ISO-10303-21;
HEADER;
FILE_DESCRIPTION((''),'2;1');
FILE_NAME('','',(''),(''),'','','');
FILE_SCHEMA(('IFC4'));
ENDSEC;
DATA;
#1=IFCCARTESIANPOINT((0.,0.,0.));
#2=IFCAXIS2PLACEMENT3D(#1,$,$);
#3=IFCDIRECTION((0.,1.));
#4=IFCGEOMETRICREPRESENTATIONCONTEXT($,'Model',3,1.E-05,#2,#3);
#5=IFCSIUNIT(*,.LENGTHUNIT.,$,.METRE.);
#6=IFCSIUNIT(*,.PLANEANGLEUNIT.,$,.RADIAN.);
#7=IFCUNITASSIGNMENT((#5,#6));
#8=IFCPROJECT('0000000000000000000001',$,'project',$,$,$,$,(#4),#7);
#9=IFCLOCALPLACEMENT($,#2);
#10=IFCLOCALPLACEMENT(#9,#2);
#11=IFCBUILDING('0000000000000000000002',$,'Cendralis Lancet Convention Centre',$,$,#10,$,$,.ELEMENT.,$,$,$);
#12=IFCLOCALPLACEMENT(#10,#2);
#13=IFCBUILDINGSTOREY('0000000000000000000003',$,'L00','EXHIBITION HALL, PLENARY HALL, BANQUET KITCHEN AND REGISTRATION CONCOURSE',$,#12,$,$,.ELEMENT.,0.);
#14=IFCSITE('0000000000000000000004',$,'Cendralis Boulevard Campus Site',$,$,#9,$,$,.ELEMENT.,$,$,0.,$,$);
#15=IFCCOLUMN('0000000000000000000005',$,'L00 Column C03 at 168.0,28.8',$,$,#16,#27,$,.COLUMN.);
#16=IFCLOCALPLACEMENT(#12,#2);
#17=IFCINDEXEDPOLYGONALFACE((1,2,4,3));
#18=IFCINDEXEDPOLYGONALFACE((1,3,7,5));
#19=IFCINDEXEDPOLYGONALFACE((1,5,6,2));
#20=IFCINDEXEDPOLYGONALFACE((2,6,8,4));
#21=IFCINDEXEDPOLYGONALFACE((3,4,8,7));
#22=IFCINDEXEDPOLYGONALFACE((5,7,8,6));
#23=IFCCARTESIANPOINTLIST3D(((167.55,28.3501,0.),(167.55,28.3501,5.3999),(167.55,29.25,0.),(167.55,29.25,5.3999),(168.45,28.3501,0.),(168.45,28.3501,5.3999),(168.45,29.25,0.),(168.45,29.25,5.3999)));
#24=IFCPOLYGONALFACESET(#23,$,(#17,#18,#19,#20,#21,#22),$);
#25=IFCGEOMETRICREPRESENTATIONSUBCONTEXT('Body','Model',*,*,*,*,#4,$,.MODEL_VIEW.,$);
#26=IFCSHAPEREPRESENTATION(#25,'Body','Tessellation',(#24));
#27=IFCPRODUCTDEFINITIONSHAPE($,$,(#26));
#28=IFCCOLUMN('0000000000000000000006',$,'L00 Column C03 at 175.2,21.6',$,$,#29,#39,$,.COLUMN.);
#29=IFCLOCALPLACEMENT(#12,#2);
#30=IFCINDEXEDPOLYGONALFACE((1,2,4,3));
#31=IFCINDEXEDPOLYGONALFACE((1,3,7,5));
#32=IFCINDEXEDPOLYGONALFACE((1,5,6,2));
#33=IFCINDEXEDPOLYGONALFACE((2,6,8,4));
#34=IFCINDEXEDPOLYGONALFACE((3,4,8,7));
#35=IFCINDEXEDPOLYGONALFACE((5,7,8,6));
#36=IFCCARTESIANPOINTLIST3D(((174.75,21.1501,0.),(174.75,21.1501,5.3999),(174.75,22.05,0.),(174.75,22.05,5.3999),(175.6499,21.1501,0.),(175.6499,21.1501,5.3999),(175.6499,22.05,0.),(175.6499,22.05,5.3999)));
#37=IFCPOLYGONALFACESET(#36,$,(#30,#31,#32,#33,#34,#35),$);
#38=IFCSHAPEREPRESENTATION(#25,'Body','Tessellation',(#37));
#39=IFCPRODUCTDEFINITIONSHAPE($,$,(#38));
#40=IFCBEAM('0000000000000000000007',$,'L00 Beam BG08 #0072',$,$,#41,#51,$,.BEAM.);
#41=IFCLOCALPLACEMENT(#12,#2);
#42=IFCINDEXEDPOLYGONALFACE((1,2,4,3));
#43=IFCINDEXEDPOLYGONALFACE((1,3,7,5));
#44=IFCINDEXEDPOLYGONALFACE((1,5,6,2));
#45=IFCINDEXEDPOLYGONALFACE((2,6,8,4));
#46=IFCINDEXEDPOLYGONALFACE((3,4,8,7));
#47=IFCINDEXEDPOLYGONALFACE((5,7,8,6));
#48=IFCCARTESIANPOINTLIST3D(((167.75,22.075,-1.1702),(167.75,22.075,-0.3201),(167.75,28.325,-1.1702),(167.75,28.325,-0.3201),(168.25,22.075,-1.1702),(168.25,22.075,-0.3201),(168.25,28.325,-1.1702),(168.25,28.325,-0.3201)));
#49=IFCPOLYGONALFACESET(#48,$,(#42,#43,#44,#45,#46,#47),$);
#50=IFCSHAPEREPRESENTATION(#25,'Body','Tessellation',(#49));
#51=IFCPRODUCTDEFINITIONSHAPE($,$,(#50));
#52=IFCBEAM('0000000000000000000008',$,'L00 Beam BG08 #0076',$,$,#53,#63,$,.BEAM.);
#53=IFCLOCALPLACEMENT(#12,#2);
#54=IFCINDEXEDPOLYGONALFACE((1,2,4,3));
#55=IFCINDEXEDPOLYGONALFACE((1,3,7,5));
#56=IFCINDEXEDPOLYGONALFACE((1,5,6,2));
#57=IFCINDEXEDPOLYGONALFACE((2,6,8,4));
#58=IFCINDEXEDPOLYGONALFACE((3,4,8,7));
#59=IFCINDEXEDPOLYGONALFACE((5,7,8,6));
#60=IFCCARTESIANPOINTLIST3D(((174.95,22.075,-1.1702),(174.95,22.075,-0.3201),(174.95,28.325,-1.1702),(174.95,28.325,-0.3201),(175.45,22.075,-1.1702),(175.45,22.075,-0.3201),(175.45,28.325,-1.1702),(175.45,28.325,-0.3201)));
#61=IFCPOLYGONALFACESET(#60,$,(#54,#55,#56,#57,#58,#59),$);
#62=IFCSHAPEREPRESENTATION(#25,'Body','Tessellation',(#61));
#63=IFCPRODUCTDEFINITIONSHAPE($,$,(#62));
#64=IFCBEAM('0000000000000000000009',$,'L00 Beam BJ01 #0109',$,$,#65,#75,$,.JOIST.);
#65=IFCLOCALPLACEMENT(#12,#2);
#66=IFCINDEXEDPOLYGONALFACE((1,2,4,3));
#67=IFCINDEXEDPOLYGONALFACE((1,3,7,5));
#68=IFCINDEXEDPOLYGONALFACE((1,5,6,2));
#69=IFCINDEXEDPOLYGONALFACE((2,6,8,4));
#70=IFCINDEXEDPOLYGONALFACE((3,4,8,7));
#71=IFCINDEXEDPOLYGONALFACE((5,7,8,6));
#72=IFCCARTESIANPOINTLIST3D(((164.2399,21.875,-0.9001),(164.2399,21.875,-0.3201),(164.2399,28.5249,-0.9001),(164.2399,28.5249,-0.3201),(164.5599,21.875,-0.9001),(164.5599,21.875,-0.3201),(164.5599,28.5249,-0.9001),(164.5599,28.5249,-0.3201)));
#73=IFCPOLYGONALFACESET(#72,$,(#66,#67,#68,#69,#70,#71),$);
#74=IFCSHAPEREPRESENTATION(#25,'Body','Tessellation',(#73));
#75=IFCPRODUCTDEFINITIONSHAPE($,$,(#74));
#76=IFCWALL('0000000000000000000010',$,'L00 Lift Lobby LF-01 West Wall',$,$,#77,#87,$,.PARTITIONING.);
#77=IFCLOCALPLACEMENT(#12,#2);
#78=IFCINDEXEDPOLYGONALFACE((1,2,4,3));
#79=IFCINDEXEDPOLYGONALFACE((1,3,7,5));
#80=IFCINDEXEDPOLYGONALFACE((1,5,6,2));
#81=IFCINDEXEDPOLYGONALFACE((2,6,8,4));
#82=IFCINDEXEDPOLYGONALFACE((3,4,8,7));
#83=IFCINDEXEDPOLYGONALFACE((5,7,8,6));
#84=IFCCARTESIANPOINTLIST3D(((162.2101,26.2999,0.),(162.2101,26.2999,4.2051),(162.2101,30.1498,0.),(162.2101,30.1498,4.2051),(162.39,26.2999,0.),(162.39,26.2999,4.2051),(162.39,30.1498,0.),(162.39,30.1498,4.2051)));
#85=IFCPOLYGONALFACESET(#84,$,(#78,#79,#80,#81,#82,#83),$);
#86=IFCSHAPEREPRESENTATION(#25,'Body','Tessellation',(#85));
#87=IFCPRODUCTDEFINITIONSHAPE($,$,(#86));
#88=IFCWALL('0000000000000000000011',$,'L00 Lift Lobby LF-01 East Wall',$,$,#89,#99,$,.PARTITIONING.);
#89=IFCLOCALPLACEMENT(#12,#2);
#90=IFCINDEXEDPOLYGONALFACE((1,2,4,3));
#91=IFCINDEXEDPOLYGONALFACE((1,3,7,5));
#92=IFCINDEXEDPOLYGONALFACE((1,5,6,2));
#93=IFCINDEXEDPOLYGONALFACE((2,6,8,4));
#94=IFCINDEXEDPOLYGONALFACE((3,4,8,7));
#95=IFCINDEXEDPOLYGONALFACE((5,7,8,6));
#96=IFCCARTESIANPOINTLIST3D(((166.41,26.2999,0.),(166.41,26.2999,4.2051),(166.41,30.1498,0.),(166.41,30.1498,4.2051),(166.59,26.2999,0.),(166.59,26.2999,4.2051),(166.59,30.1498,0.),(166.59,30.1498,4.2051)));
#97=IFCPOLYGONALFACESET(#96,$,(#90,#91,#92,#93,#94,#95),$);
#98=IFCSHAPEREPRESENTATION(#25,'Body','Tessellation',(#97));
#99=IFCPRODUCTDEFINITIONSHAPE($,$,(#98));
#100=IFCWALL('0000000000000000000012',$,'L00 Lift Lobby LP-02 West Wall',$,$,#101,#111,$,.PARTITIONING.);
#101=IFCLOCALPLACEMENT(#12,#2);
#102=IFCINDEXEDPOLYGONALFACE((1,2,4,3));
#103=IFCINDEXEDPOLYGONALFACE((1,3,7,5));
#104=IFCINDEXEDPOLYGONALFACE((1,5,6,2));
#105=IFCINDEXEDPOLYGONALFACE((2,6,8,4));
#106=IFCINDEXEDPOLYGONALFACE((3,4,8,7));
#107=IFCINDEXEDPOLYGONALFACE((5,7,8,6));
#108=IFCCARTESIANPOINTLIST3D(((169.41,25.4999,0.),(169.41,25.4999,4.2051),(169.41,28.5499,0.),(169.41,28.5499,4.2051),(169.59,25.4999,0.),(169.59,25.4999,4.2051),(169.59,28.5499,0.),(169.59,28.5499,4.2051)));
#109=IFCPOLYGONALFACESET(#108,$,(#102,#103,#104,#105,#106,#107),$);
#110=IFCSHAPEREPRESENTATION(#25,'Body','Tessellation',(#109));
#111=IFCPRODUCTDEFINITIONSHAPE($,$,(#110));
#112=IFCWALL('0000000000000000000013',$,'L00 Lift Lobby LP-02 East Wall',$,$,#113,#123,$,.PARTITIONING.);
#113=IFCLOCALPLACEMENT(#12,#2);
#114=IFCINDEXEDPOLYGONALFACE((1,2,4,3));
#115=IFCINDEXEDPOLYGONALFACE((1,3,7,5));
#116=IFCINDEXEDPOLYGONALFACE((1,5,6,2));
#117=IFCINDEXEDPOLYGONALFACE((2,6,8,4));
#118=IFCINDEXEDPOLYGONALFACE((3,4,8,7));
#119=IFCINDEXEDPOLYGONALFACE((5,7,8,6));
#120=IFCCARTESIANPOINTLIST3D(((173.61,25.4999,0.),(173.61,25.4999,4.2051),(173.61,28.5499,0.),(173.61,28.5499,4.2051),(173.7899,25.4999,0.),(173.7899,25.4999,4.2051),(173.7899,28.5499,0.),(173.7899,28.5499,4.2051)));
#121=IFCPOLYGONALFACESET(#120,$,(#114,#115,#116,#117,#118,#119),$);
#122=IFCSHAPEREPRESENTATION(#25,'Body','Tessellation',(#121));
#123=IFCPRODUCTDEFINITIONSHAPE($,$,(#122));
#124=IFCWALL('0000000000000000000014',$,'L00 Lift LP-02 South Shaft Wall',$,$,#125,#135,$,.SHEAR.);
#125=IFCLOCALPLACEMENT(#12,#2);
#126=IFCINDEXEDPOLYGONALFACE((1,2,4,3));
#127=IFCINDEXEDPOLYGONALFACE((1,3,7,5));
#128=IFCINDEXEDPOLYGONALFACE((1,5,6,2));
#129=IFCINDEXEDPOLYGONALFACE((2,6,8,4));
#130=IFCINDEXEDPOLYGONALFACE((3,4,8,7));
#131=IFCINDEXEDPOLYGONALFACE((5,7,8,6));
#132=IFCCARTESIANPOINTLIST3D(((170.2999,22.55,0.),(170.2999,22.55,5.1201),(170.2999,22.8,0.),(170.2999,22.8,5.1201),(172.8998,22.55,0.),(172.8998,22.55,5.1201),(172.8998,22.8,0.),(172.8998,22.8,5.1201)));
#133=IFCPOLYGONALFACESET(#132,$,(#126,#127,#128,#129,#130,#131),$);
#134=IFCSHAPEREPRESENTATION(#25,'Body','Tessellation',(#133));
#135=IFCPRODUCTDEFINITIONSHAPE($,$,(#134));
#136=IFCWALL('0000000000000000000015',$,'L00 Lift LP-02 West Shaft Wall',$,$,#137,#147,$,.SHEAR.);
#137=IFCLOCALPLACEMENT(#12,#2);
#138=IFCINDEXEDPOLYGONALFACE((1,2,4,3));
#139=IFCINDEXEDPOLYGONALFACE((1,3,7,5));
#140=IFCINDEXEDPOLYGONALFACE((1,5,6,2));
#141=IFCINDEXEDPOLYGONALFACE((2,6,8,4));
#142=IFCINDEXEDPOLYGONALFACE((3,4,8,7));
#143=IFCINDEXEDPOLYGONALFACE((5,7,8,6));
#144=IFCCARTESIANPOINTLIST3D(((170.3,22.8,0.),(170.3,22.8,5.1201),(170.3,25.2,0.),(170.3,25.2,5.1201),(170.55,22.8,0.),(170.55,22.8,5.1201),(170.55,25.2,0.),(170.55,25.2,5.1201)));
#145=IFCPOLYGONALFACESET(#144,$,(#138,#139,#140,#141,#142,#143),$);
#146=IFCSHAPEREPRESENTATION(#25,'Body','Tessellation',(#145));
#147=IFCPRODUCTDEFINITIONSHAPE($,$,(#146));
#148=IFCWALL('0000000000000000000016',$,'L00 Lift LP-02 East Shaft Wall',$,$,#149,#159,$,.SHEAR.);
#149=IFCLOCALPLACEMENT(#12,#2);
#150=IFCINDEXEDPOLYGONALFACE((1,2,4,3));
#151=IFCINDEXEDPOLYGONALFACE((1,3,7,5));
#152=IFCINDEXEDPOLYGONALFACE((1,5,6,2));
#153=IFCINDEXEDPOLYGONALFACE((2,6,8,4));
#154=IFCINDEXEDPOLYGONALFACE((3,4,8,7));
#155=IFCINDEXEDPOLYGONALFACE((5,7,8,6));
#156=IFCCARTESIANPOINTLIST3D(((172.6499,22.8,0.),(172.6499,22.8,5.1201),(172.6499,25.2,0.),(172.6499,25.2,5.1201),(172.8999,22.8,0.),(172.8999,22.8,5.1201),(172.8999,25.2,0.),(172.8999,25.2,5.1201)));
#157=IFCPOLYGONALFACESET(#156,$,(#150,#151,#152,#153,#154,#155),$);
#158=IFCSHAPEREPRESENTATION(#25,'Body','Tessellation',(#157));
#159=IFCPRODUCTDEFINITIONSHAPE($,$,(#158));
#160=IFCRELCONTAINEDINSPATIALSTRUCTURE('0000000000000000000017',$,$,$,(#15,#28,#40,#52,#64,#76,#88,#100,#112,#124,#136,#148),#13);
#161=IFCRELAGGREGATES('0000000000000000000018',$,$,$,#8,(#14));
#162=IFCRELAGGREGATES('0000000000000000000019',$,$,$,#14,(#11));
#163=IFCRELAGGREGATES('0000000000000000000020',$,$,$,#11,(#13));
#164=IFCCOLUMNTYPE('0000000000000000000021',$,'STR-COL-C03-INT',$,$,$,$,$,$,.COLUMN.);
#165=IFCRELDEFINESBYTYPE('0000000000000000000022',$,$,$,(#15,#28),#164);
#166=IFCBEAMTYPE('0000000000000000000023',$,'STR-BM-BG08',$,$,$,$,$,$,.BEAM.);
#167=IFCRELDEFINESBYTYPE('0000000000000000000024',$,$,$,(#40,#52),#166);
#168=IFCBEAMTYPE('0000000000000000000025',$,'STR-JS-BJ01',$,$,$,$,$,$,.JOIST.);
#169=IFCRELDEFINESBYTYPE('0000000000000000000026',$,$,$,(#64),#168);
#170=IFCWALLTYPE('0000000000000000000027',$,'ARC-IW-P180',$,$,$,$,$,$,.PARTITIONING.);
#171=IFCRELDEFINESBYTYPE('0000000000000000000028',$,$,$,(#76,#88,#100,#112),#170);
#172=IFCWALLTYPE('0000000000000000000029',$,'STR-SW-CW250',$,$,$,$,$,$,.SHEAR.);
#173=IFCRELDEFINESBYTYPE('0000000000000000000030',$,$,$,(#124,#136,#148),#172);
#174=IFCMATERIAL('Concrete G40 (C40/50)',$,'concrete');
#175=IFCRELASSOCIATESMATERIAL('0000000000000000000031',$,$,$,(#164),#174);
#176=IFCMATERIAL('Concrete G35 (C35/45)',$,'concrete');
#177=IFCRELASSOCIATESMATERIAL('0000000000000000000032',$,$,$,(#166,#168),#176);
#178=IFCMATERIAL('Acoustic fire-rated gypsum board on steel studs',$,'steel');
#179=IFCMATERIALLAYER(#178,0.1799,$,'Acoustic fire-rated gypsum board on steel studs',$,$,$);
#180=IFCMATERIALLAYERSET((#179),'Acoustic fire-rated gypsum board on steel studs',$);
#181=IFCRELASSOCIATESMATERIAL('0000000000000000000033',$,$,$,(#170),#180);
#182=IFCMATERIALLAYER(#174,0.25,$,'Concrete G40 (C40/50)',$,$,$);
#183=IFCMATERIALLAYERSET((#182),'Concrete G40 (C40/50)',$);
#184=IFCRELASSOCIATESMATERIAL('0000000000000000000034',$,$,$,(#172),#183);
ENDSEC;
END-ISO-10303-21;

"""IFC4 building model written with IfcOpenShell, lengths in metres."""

from ifc_helpers import new_model, si_unit, direction, frame, frame_2d, origin, origin_2d, place, context, subcontext, project, spatial, rectangle, extrude, material, layer, layer_set, material_profile, profile_set, type_object, element, save


model = new_model("IFC4")

# Units and contexts
model_context = context("Model", 3, precision=1e-05, world=origin(), true_north=direction((0.0, 1.0)))
body_context = subcontext(model_context, "Body", "Model", "MODEL_VIEW")
ifc_project = project(units=[si_unit("LENGTHUNIT", "METRE"), si_unit("PLANEANGLEUNIT", "RADIAN")], contexts=[model_context])

# Site, building, storey
site_placement = place(None, origin())
site = spatial("IfcSite", under=ifc_project, at=site_placement, Name="Cendralis Boulevard Campus Site", CompositionType="ELEMENT", RefElevation=0.0)
building_placement = place(site_placement, origin())
building = spatial("IfcBuilding", under=site, at=building_placement, Name="Cendralis Lancet Convention Centre", CompositionType="ELEMENT")
storey_placement = place(building_placement, origin())
storey = spatial("IfcBuildingStorey", under=building, at=storey_placement, Name="L00", Description="EXHIBITION HALL, PLENARY HALL, BANQUET KITCHEN AND REGISTRATION CONCOURSE", CompositionType="ELEMENT", Elevation=0.0)

# Columns
ifc_material_1 = material(Name="Concrete G40 (C40/50)", Category="concrete")
ifc_material_profile_1 = material_profile(ifc_material_1, rectangle(XDim=0.8999, YDim=0.8999, at=origin_2d()), Name="RC 900x900")
ifc_profile_set_1 = profile_set([ifc_material_profile_1], Name="Concrete G40 (C40/50)")
column_type = type_object("IfcColumnType", Name="STR-COL-C03-INT", PredefinedType="COLUMN", material=ifc_profile_set_1)
for number, where, z_axis, x_axis, name in (
    (1, (168.0, 28.8, 0.0), (0.0, 0.0, 1.0), (1.0, 0.0, 0.0), "L00 Column C03 at 168.0,28.8"),
    (2, (175.2, 21.6001, 0.0), (0.0, 0.0, 1.0), (1.0, 0.0, 0.0), "L00 Column C03 at 175.2,21.6"),
):
    element("IfcColumn", number, at=place(storey_placement, frame(where, z_axis=z_axis, x_axis=x_axis)), inside=storey, type_object=column_type, Name=name, PredefinedType="COLUMN", context=body_context, shape_type="SweptSolid", body=[
        extrude(rectangle(XDim=0.8999, YDim=0.8999, at=origin_2d()), origin(), (0.0, 0.0, 1.0), 5.3999),
    ])

# Beams
ifc_material_2 = material(Name="Concrete G35 (C35/45)", Category="concrete")
ifc_material_profile_2 = material_profile(ifc_material_2, rectangle(XDim=0.5, YDim=0.8501, at=origin_2d()), Name="RCB 500x850")
ifc_profile_set_2 = profile_set([ifc_material_profile_2], Name="Concrete G35 (C35/45)")
beam_type_1 = type_object("IfcBeamType", Name="STR-BM-BG08", PredefinedType="BEAM", material=ifc_profile_set_2)
for number, where, z_axis, x_axis, name in (
    (3, (168.0, 22.075, -0.7451), (0.0, 1.0, 0.0), (-1.0, 0.0, 0.0), "L00 Beam BG08 #0072"),
    (4, (175.2, 22.075, -0.7451), (0.0, 1.0, 0.0), (-1.0, 0.0, 0.0), "L00 Beam BG08 #0076"),
):
    element("IfcBeam", number, at=place(storey_placement, frame(where, z_axis=z_axis, x_axis=x_axis)), inside=storey, type_object=beam_type_1, Name=name, PredefinedType="BEAM", context=body_context, shape_type="SweptSolid", body=[
        extrude(rectangle(XDim=0.5, YDim=0.8501, at=origin_2d()), origin(), (0.0, 0.0, 1.0), 6.25),
    ])
ifc_material_profile_3 = material_profile(ifc_material_2, rectangle(XDim=0.3201, YDim=0.5801, at=origin_2d()), Name="RCB 320x580")
ifc_profile_set_3 = profile_set([ifc_material_profile_3], Name="Concrete G35 (C35/45)")
beam_type_2 = type_object("IfcBeamType", Name="STR-JS-BJ01", PredefinedType="JOIST", material=ifc_profile_set_3)
beam_placement = place(storey_placement, frame((164.3999, 21.875, -0.6101), z_axis=(0.0, 1.0, 0.0), x_axis=(-1.0, 0.0, 0.0)))
element("IfcBeam", 5, at=beam_placement, inside=storey, type_object=beam_type_2, Name="L00 Beam BJ01 #0109", PredefinedType="JOIST", context=body_context, shape_type="SweptSolid", body=[
    extrude(rectangle(XDim=0.3201, YDim=0.5801, at=origin_2d()), origin(), (0.0, 0.0, 1.0), 6.6499),
])

# Shared definitions
ifc_material_3 = material(Name="Acoustic fire-rated gypsum board on steel studs", Category="steel")
ifc_layer_1 = layer(ifc_material_3, 0.1799, Name="Acoustic fire-rated gypsum board on steel studs")
ifc_layer_set_1 = layer_set([ifc_layer_1], Name="Acoustic fire-rated gypsum board on steel studs")
wall_type_1 = type_object("IfcWallType", Name="ARC-IW-P180", PredefinedType="PARTITIONING", material=ifc_layer_set_1)

# Walls
for number, where, z_axis, x_axis, name in (
    (6, (162.3, 26.3, 0.0), (0.0, 0.0, 1.0), (0.0, 1.0, 0.0), "L00 Lift Lobby LF-01 West Wall"),
    (7, (166.5, 26.3, 0.0), (0.0, 0.0, 1.0), (0.0, 1.0, 0.0), "L00 Lift Lobby LF-01 East Wall"),
):
    element("IfcWall", number, at=place(storey_placement, frame(where, z_axis=z_axis, x_axis=x_axis)), inside=storey, type_object=wall_type_1, Name=name, PredefinedType="PARTITIONING", context=body_context, shape_type="SweptSolid", body=[
        extrude(rectangle(XDim=3.8499, YDim=0.1799, at=frame_2d((1.9248, 0.0))), origin(), (0.0, 0.0, 1.0), 4.2051),
    ])

# Walls
for number, where, z_axis, x_axis, name in (
    (8, (169.5, 25.5, 0.0), (0.0, 0.0, 1.0), (0.0, 1.0, 0.0), "L00 Lift Lobby LP-02 West Wall"),
    (9, (173.7, 25.5, 0.0), (0.0, 0.0, 1.0), (0.0, 1.0, 0.0), "L00 Lift Lobby LP-02 East Wall"),
):
    element("IfcWall", number, at=place(storey_placement, frame(where, z_axis=z_axis, x_axis=x_axis)), inside=storey, type_object=wall_type_1, Name=name, PredefinedType="PARTITIONING", context=body_context, shape_type="SweptSolid", body=[
        extrude(rectangle(XDim=3.05, YDim=0.1799, at=frame_2d((1.5249, 0.0))), origin(), (0.0, 0.0, 1.0), 4.2051),
    ])
ifc_layer_2 = layer(ifc_material_1, 0.25, Name="Concrete G40 (C40/50)")
ifc_layer_set_2 = layer_set([ifc_layer_2], Name="Concrete G40 (C40/50)")
wall_type_2 = type_object("IfcWallType", Name="STR-SW-CW250", PredefinedType="SHEAR", material=ifc_layer_set_2)
wall_1_placement = place(storey_placement, frame((170.3, 22.675, 0.0), z_axis=(0.0, 0.0, 1.0), x_axis=(1.0, 0.0, 0.0)))
element("IfcWall", 10, at=wall_1_placement, inside=storey, type_object=wall_type_2, Name="L00 Lift LP-02 South Shaft Wall", PredefinedType="SHEAR", context=body_context, shape_type="SweptSolid", body=[
    extrude(rectangle(XDim=2.5999, YDim=0.25, at=frame_2d((1.2998, 0.0))), origin(), (0.0, 0.0, 1.0), 5.1201),
])

# Walls
for number, where, z_axis, x_axis, name in (
    (11, (170.425, 22.8, 0.0), (0.0, 0.0, 1.0), (0.0, 1.0, 0.0), "L00 Lift LP-02 West Shaft Wall"),
    (12, (172.7749, 22.8, 0.0), (0.0, 0.0, 1.0), (0.0, 1.0, 0.0), "L00 Lift LP-02 East Shaft Wall"),
):
    element("IfcWall", number, at=place(storey_placement, frame(where, z_axis=z_axis, x_axis=x_axis)), inside=storey, type_object=wall_type_2, Name=name, PredefinedType="SHEAR", context=body_context, shape_type="SweptSolid", body=[
        extrude(rectangle(XDim=2.3999, YDim=0.25, at=frame_2d((1.2, 0.0))), origin(), (0.0, 0.0, 1.0), 5.1201),
    ])

save(model, "model.ifc")
